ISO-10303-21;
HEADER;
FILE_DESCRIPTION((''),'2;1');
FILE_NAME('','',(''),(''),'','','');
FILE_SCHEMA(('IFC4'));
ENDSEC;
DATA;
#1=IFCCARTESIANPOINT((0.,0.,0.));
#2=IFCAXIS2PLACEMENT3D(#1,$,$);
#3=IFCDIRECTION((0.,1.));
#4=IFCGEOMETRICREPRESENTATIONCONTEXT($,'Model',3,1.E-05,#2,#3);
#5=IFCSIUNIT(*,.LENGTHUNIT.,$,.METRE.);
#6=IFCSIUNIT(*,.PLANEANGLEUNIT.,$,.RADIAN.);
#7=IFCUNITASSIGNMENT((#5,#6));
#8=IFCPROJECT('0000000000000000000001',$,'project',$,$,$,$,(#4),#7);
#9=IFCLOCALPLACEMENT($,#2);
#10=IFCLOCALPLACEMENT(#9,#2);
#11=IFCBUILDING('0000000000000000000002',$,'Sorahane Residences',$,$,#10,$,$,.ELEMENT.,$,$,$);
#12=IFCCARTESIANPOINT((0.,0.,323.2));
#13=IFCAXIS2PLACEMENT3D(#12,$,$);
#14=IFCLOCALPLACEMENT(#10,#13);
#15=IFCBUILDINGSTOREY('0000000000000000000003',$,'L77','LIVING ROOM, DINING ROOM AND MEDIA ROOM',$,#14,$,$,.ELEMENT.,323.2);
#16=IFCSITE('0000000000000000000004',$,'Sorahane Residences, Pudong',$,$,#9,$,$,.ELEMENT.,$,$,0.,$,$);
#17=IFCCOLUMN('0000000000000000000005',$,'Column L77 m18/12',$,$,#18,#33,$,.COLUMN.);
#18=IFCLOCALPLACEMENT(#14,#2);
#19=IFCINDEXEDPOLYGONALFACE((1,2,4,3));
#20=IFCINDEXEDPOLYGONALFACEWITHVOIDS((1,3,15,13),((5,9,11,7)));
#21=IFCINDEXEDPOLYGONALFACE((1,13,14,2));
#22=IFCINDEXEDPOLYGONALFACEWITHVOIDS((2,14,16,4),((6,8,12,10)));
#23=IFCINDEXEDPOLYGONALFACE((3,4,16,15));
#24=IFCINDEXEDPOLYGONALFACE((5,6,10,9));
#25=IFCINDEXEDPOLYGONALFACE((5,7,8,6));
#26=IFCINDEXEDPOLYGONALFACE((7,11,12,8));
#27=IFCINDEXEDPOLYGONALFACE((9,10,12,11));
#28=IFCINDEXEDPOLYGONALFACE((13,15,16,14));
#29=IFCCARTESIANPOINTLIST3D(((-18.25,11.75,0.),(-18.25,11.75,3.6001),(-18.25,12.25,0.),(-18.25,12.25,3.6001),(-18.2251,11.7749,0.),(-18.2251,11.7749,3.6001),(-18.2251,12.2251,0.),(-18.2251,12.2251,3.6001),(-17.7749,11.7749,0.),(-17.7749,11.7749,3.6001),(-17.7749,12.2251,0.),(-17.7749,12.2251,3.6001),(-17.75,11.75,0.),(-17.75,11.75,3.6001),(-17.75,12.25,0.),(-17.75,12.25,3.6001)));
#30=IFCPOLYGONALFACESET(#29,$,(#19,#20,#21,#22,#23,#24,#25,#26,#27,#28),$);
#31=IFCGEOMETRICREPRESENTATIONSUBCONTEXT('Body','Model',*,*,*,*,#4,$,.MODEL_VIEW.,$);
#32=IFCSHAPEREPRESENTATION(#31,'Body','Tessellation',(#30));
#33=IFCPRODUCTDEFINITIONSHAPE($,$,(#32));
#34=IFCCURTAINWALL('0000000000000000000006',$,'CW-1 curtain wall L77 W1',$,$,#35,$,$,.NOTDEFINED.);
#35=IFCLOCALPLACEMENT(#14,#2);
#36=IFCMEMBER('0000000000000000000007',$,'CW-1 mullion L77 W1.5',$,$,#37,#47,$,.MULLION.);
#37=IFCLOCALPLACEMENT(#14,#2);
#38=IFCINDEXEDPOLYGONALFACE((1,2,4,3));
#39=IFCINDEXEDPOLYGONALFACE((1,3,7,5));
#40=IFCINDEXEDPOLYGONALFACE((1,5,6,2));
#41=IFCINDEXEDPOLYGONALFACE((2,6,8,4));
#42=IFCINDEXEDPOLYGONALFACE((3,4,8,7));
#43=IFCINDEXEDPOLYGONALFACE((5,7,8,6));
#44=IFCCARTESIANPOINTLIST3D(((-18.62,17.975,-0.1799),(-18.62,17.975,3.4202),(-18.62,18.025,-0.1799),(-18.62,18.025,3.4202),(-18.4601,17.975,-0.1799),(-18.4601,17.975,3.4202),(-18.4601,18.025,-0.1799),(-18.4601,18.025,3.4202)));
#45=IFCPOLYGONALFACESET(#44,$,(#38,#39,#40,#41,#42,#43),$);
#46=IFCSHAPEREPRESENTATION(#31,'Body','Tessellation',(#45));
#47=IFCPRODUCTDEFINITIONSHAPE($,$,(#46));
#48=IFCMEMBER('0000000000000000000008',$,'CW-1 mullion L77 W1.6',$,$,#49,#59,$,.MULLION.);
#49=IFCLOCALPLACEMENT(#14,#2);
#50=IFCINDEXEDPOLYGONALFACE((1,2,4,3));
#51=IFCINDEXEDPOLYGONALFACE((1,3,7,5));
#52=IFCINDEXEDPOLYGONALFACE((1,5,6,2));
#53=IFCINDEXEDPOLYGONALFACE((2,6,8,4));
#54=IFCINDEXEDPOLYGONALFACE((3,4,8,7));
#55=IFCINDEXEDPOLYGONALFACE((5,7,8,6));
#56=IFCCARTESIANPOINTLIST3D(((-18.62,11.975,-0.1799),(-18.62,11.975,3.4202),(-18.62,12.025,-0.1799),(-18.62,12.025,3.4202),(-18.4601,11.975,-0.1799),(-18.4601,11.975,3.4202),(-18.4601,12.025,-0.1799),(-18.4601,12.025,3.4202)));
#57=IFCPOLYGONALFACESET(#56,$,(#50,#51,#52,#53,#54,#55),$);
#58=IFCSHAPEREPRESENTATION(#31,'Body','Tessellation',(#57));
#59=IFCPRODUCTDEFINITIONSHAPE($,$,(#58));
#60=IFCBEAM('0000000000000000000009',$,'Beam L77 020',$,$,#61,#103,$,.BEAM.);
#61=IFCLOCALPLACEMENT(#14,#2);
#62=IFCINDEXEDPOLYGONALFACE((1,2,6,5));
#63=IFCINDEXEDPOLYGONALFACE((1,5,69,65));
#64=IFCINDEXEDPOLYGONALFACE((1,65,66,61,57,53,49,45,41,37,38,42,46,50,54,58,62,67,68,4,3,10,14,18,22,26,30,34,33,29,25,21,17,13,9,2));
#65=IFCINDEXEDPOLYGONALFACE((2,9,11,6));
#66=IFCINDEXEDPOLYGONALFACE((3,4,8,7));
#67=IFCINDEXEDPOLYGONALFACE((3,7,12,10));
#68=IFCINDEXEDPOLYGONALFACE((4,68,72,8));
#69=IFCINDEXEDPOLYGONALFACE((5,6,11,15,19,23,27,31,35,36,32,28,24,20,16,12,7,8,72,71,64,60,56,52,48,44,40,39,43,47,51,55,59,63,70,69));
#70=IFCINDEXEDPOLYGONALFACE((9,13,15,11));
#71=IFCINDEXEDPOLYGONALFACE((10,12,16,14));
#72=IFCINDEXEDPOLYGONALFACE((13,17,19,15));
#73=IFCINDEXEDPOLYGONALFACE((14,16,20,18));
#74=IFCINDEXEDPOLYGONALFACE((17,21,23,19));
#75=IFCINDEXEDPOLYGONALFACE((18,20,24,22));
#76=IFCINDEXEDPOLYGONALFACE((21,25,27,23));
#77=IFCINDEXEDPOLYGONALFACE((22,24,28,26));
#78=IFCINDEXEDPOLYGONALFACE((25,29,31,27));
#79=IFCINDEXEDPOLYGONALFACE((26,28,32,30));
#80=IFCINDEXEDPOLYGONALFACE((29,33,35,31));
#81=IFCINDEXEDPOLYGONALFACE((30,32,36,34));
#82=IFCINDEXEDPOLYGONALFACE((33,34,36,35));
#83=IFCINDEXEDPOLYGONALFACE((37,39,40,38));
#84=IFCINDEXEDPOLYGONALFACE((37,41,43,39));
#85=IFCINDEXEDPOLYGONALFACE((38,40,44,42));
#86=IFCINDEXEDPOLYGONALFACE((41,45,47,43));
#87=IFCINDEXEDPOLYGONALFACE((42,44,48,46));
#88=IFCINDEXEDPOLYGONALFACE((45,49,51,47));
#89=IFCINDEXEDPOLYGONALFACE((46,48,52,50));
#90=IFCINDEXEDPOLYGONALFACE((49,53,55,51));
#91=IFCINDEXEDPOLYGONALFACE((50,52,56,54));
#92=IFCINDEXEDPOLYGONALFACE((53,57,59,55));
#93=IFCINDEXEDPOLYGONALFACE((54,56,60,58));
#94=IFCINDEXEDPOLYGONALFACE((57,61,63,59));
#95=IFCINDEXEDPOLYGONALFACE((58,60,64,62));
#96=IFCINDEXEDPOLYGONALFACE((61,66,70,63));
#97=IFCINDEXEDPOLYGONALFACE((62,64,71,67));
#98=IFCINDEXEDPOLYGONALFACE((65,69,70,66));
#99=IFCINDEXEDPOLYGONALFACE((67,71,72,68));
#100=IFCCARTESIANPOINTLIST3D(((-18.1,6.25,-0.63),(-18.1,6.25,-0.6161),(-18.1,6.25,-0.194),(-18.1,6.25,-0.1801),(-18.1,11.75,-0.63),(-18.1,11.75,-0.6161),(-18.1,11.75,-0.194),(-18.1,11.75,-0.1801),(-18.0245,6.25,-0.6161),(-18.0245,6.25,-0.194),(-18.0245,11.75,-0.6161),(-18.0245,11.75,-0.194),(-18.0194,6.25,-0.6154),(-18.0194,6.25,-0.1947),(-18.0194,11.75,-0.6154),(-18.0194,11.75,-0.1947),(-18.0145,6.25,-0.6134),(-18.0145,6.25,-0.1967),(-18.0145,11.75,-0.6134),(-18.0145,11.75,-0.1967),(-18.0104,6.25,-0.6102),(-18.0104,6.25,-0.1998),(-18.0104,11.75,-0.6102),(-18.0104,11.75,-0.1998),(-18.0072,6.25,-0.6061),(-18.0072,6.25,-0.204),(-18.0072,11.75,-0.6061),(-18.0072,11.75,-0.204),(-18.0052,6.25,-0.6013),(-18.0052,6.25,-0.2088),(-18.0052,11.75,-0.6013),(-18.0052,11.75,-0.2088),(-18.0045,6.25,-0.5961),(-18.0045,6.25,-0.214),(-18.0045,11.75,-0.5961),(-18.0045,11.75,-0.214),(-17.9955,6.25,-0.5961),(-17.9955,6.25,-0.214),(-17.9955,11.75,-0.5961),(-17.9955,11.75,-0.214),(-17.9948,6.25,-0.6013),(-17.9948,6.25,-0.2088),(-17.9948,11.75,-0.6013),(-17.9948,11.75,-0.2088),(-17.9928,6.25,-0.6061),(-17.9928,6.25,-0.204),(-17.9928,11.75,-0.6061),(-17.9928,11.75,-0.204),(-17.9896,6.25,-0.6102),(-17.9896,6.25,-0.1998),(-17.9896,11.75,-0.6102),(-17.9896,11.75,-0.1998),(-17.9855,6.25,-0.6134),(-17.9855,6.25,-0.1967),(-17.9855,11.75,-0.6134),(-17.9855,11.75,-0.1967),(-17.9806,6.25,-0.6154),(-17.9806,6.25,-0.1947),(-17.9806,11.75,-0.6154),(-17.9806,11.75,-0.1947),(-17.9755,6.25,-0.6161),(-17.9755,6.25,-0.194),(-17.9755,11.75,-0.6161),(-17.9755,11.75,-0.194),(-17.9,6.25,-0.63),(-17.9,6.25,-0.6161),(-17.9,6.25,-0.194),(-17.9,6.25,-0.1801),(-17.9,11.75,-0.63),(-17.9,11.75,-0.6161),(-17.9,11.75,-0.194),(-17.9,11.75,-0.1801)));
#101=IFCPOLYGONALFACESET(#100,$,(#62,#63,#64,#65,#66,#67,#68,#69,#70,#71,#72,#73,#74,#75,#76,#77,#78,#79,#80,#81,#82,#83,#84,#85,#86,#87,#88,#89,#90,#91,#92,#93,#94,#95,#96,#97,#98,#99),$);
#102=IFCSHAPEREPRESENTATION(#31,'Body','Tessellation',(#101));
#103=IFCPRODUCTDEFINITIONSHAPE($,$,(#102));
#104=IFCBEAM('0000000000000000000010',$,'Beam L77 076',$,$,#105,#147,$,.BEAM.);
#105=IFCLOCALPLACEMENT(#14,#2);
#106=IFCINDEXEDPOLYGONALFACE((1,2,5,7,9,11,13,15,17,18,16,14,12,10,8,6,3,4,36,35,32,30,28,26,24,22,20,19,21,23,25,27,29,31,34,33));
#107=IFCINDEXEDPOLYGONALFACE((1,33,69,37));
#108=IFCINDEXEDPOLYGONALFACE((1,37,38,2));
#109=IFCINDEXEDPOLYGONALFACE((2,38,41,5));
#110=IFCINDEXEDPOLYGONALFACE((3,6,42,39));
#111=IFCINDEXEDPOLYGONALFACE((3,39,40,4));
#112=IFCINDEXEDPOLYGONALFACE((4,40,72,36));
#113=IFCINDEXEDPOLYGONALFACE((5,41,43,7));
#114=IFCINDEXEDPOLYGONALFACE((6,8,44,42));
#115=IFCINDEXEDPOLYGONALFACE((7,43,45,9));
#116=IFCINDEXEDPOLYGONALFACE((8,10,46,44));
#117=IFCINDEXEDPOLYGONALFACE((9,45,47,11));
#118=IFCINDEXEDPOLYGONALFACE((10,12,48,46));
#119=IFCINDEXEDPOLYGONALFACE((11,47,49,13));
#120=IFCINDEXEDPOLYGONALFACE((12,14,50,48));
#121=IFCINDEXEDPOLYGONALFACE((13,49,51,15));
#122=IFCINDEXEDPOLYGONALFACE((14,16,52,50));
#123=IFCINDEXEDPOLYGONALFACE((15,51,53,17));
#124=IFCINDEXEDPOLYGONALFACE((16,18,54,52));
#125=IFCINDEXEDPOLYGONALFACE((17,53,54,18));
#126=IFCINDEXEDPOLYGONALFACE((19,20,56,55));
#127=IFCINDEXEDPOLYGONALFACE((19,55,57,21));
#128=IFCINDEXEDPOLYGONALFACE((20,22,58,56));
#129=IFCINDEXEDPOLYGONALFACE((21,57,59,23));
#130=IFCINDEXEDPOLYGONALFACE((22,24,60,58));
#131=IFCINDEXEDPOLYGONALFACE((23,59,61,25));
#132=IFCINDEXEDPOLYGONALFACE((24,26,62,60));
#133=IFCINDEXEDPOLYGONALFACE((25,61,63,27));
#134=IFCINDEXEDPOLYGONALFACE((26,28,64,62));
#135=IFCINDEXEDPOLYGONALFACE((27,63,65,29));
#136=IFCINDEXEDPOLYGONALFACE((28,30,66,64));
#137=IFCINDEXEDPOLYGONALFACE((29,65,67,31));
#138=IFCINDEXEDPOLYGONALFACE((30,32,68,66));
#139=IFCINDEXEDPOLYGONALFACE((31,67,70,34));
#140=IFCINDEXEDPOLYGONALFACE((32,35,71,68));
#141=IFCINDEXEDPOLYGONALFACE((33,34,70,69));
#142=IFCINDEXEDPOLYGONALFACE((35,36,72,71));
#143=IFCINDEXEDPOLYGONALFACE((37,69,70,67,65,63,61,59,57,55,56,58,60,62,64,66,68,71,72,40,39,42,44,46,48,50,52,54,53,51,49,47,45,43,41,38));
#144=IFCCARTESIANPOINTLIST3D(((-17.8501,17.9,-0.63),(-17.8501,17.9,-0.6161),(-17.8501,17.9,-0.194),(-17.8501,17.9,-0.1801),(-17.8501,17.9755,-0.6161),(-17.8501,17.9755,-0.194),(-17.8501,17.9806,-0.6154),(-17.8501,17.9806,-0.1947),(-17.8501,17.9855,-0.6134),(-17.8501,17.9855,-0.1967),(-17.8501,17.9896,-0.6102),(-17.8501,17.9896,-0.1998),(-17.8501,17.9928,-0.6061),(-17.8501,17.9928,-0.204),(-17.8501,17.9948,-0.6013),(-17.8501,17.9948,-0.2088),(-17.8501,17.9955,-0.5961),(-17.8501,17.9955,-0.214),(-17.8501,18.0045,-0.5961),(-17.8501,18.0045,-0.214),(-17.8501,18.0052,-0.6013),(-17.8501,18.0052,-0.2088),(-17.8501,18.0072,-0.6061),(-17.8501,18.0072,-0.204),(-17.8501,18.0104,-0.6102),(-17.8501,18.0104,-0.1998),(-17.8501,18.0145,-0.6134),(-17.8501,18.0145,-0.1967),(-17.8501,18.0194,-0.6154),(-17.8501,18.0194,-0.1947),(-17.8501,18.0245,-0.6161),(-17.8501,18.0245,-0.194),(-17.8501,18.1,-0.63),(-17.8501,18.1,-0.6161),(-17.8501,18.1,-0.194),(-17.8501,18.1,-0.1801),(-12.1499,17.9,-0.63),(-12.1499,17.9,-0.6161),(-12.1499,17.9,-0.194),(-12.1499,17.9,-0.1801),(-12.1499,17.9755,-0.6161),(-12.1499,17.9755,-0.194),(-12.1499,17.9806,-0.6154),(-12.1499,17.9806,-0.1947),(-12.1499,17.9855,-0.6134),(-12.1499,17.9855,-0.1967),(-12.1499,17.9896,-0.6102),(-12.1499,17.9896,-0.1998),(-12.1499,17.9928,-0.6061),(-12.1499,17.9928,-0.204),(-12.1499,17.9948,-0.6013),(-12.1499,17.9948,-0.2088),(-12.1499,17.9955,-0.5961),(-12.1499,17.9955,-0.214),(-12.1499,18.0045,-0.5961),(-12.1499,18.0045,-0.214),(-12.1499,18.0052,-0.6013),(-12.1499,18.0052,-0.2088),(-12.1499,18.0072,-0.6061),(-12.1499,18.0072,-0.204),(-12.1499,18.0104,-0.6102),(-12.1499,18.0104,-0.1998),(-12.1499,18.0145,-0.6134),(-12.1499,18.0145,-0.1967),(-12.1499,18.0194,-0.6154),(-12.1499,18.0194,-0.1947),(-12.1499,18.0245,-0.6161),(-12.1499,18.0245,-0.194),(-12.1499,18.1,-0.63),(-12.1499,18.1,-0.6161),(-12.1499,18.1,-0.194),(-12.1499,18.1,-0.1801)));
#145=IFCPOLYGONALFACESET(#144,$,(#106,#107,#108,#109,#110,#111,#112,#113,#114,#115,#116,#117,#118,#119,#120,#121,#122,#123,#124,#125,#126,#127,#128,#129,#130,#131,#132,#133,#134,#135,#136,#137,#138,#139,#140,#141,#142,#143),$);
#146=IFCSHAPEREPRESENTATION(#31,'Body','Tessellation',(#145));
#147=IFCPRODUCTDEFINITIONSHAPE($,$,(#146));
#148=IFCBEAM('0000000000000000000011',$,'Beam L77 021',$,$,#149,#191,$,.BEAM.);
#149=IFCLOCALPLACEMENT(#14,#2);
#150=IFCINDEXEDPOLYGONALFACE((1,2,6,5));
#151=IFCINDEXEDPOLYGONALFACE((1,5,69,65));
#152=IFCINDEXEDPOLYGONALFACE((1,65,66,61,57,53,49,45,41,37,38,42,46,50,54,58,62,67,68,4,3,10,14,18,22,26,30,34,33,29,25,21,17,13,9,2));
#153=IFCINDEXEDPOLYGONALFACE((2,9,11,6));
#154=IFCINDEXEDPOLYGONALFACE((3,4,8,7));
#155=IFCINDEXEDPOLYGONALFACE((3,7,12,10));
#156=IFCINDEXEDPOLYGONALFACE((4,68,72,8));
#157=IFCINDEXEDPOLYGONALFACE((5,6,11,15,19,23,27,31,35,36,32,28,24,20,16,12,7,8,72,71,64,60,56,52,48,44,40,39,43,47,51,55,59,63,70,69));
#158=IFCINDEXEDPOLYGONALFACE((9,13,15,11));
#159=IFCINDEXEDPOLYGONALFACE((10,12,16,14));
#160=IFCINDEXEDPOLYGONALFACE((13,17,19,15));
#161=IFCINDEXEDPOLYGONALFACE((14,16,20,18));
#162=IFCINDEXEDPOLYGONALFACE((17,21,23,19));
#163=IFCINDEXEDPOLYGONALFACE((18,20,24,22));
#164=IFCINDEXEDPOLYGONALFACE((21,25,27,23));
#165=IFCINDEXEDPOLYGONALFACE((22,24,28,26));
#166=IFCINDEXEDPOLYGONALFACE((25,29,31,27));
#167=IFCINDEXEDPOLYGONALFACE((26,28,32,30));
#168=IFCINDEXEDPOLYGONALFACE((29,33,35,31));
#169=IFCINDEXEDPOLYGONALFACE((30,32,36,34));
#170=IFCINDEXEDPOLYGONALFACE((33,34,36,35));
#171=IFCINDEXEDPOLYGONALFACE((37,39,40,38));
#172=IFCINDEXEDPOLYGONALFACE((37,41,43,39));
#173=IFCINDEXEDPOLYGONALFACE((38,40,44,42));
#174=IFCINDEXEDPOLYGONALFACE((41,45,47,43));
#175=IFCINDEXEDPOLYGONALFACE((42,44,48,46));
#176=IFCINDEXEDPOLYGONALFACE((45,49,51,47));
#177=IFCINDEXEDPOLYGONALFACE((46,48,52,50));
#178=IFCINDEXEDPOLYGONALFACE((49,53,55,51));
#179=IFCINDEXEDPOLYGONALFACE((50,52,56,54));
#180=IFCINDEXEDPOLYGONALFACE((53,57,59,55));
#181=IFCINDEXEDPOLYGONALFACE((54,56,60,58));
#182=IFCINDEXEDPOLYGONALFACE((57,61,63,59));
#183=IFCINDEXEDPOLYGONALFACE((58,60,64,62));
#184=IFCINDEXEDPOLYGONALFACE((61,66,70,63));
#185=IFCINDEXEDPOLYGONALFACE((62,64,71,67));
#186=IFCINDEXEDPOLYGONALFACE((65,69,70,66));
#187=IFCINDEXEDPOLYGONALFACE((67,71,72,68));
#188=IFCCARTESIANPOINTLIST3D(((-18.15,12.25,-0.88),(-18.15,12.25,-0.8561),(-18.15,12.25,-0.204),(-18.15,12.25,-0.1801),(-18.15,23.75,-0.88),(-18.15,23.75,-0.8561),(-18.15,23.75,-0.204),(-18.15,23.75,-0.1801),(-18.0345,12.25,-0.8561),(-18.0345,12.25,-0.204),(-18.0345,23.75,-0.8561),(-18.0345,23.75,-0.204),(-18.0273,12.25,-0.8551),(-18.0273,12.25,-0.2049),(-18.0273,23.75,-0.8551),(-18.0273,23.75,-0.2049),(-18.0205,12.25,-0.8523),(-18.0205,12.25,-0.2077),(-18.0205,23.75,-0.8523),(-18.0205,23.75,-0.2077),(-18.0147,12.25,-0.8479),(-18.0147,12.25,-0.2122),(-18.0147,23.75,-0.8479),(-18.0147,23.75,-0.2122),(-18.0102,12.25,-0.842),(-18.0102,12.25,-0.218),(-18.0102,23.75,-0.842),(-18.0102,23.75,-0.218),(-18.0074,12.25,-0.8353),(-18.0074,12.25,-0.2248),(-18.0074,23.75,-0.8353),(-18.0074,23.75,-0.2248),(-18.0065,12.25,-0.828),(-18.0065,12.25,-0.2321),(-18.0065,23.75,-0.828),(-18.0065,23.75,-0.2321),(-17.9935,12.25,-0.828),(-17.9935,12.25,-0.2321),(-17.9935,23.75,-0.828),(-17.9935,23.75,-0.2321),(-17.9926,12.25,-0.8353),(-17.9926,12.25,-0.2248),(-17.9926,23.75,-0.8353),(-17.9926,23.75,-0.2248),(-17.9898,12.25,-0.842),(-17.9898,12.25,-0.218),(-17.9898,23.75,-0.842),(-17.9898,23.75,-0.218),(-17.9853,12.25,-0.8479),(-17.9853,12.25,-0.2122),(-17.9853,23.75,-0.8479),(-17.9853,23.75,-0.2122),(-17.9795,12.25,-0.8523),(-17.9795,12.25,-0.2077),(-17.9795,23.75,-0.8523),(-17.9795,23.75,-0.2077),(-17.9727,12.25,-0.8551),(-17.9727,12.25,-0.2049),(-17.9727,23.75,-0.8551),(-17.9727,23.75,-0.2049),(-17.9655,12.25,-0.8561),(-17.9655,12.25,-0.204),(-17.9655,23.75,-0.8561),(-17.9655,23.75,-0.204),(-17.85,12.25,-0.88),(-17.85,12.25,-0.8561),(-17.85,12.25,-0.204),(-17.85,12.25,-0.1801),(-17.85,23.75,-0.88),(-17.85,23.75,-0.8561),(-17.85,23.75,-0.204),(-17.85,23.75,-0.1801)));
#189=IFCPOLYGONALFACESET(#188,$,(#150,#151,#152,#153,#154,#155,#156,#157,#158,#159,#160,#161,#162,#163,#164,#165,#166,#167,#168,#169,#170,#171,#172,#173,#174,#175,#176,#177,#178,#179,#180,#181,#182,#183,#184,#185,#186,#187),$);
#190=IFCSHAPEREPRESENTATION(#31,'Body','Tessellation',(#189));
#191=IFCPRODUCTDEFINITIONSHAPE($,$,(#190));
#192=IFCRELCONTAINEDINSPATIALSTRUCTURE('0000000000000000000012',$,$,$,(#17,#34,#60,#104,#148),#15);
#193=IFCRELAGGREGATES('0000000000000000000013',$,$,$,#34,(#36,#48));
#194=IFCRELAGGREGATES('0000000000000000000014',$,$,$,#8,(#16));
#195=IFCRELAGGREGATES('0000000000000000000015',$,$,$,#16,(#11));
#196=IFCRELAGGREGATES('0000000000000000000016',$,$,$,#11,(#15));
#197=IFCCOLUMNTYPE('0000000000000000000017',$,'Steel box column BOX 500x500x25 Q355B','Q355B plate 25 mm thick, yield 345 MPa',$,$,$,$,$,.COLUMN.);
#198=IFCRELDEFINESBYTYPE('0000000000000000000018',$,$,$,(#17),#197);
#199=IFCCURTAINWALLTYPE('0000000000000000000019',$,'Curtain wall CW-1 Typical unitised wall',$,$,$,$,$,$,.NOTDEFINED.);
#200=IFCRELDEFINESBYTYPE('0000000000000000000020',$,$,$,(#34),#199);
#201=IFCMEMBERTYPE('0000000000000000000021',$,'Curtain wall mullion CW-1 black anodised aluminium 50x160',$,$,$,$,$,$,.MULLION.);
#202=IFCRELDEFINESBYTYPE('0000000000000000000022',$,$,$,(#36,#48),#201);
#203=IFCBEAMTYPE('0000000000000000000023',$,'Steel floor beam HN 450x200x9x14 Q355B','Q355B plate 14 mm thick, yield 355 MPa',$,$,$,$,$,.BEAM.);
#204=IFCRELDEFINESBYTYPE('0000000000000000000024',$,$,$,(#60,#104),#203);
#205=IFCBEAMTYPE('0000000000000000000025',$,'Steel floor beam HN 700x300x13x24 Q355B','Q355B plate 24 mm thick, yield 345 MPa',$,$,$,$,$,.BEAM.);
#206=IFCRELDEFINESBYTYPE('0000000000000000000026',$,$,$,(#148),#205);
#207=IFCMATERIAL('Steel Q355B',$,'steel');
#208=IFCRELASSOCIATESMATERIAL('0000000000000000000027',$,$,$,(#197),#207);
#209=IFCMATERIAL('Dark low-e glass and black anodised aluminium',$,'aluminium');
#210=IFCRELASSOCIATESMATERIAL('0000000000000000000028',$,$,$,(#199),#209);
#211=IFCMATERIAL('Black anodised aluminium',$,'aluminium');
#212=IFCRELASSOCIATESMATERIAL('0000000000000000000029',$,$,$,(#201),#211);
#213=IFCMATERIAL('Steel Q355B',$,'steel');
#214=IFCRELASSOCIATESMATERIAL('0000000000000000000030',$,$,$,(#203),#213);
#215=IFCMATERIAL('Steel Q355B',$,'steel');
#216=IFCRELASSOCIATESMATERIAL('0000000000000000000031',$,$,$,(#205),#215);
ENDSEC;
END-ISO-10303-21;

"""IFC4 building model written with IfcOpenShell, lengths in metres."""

from ifc_helpers import new_model, si_unit, direction, frame, origin, origin_2d, place, context, subcontext, project, spatial, rectangle, hollow_rectangle, i_section, extrude, material, material_profile, profile_set, type_object, element, aggregate, save


model = new_model("IFC4")

# Units and contexts
model_context = context("Model", 3, precision=1e-05, world=origin(), true_north=direction((0.0, 1.0)))
body_context = subcontext(model_context, "Body", "Model", "MODEL_VIEW")
ifc_project = project(units=[si_unit("LENGTHUNIT", "METRE"), si_unit("PLANEANGLEUNIT", "RADIAN")], contexts=[model_context])

# Site, building, storey
site_placement = place(None, origin())
site = spatial("IfcSite", under=ifc_project, at=site_placement, Name="Sorahane Residences, Pudong", CompositionType="ELEMENT", RefElevation=0.0)
building_placement = place(site_placement, origin())
building = spatial("IfcBuilding", under=site, at=building_placement, Name="Sorahane Residences", CompositionType="ELEMENT")
storey_placement = place(building_placement, frame((0.0, 0.0, 323.2)))
storey = spatial("IfcBuildingStorey", under=building, at=storey_placement, Name="L77", Description="LIVING ROOM, DINING ROOM AND MEDIA ROOM", CompositionType="ELEMENT", Elevation=323.2)

# Column
ifc_material_1 = material(Name="Steel Q355B", Category="steel")
ifc_material_profile_1 = material_profile(ifc_material_1, hollow_rectangle(XDim=0.5, YDim=0.5, WallThickness=0.0249, at=origin_2d()), Name="BOX 500x500x25")
ifc_profile_set_1 = profile_set([ifc_material_profile_1], Name="Steel Q355B")
column_type = type_object("IfcColumnType", Name="Steel box column BOX 500x500x25 Q355B", Description="Q355B plate 25 mm thick, yield 345 MPa", PredefinedType="COLUMN", material=ifc_profile_set_1)
column_placement = place(storey_placement, frame((-18.0, 12.0, 0.0), z_axis=(0.0, 0.0, 1.0), x_axis=(1.0, 0.0, 0.0)))
element("IfcColumn", 1, at=column_placement, inside=storey, type_object=column_type, Name="Column L77 m18/12", PredefinedType="COLUMN", context=body_context, shape_type="SweptSolid", body=[
    extrude(hollow_rectangle(XDim=0.5, YDim=0.5, WallThickness=0.0249, at=origin_2d()), origin(), (0.0, 0.0, 1.0), 3.6001),
])

# Curtain wall, members
ifc_material_2 = material(Name="Dark low-e glass and black anodised aluminium", Category="aluminium")
curtain_wall_type = type_object("IfcCurtainWallType", Name="Curtain wall CW-1 Typical unitised wall", PredefinedType="NOTDEFINED", material=ifc_material_2)
curtain_wall_placement = place(storey_placement, origin())
curtain_wall = element("IfcCurtainWall", 2, at=curtain_wall_placement, inside=storey, type_object=curtain_wall_type, Name="CW-1 curtain wall L77 W1", PredefinedType="NOTDEFINED")
ifc_material_3 = material(Name="Black anodised aluminium", Category="aluminium")
ifc_material_profile_2 = material_profile(ifc_material_3, rectangle(XDim=0.1599, YDim=0.05, at=origin_2d()), Name="Curtain wall mullion CW-1 black anodised aluminium 50x160")
ifc_profile_set_2 = profile_set([ifc_material_profile_2], Name="Black anodised aluminium")
member_type = type_object("IfcMemberType", Name="Curtain wall mullion CW-1 black anodised aluminium 50x160", PredefinedType="MULLION", material=ifc_profile_set_2)
member_1_placement = place(storey_placement, frame((-18.54, 18.0, -0.1799), z_axis=(0.0, 0.0, 1.0), x_axis=(-1.0, 0.0, 0.0)))
member_1 = element("IfcMember", 3, at=member_1_placement, type_object=member_type, Name="CW-1 mullion L77 W1.5", PredefinedType="MULLION", context=body_context, shape_type="SweptSolid", body=[
    extrude(rectangle(XDim=0.1599, YDim=0.05, at=origin_2d()), origin(), (0.0, 0.0, 1.0), 3.6001),
])
member_2_placement = place(storey_placement, frame((-18.54, 12.0, -0.1799), z_axis=(0.0, 0.0, 1.0), x_axis=(-1.0, 0.0, 0.0)))
member_2 = element("IfcMember", 4, at=member_2_placement, type_object=member_type, Name="CW-1 mullion L77 W1.6", PredefinedType="MULLION", context=body_context, shape_type="SweptSolid", body=[
    extrude(rectangle(XDim=0.1599, YDim=0.05, at=origin_2d()), origin(), (0.0, 0.0, 1.0), 3.6001),
])

# Beams
ifc_material_4 = material(Name="Steel Q355B", Category="steel")
ifc_material_profile_3 = material_profile(ifc_material_4, i_section(OverallWidth=0.2, OverallDepth=0.45, WebThickness=0.009, FlangeThickness=0.0139, FilletRadius=0.02, at=origin_2d()), Name="HN 450x200x9x14")
ifc_profile_set_3 = profile_set([ifc_material_profile_3], Name="Steel Q355B")
beam_type_1 = type_object("IfcBeamType", Name="Steel floor beam HN 450x200x9x14 Q355B", Description="Q355B plate 14 mm thick, yield 355 MPa", PredefinedType="BEAM", material=ifc_profile_set_3)
beam_1_placement = place(storey_placement, frame((-18.0, 6.25, -0.405), z_axis=(0.0, 1.0, 0.0), x_axis=(-1.0, 0.0, 0.0)))
element("IfcBeam", 5, at=beam_1_placement, inside=storey, type_object=beam_type_1, Name="Beam L77 020", PredefinedType="BEAM", context=body_context, shape_type="SweptSolid", body=[
    extrude(i_section(OverallWidth=0.2, OverallDepth=0.45, WebThickness=0.009, FlangeThickness=0.0139, FilletRadius=0.02, at=origin_2d()), origin(), (0.0, 0.0, 1.0), 5.5),
])
beam_2_placement = place(storey_placement, frame((-17.8501, 18.0, -0.405), z_axis=(1.0, 0.0, 0.0), x_axis=(0.0, 1.0, 0.0)))
element("IfcBeam", 6, at=beam_2_placement, inside=storey, type_object=beam_type_1, Name="Beam L77 076", PredefinedType="BEAM", context=body_context, shape_type="SweptSolid", body=[
    extrude(i_section(OverallWidth=0.2, OverallDepth=0.45, WebThickness=0.009, FlangeThickness=0.0139, FilletRadius=0.02, at=origin_2d()), origin(), (0.0, 0.0, 1.0), 5.7002),
])
ifc_material_5 = material(Name="Steel Q355B", Category="steel")
ifc_material_profile_4 = material_profile(ifc_material_5, i_section(OverallWidth=0.3, OverallDepth=0.7, WebThickness=0.0129, FlangeThickness=0.0239, FilletRadius=0.0281, at=origin_2d()), Name="HN 700x300x13x24")
ifc_profile_set_4 = profile_set([ifc_material_profile_4], Name="Steel Q355B")
beam_type_2 = type_object("IfcBeamType", Name="Steel floor beam HN 700x300x13x24 Q355B", Description="Q355B plate 24 mm thick, yield 345 MPa", PredefinedType="BEAM", material=ifc_profile_set_4)
beam_3_placement = place(storey_placement, frame((-18.0, 12.25, -0.53), z_axis=(0.0, 1.0, 0.0), x_axis=(-1.0, 0.0, 0.0)))
element("IfcBeam", 7, at=beam_3_placement, inside=storey, type_object=beam_type_2, Name="Beam L77 021", PredefinedType="BEAM", context=body_context, shape_type="SweptSolid", body=[
    extrude(i_section(OverallWidth=0.3, OverallDepth=0.7, WebThickness=0.0129, FlangeThickness=0.0239, FilletRadius=0.0281, at=origin_2d()), origin(), (0.0, 0.0, 1.0), 11.5),
])

aggregate(curtain_wall, [member_1, member_2])

save(model, "model.ifc")
